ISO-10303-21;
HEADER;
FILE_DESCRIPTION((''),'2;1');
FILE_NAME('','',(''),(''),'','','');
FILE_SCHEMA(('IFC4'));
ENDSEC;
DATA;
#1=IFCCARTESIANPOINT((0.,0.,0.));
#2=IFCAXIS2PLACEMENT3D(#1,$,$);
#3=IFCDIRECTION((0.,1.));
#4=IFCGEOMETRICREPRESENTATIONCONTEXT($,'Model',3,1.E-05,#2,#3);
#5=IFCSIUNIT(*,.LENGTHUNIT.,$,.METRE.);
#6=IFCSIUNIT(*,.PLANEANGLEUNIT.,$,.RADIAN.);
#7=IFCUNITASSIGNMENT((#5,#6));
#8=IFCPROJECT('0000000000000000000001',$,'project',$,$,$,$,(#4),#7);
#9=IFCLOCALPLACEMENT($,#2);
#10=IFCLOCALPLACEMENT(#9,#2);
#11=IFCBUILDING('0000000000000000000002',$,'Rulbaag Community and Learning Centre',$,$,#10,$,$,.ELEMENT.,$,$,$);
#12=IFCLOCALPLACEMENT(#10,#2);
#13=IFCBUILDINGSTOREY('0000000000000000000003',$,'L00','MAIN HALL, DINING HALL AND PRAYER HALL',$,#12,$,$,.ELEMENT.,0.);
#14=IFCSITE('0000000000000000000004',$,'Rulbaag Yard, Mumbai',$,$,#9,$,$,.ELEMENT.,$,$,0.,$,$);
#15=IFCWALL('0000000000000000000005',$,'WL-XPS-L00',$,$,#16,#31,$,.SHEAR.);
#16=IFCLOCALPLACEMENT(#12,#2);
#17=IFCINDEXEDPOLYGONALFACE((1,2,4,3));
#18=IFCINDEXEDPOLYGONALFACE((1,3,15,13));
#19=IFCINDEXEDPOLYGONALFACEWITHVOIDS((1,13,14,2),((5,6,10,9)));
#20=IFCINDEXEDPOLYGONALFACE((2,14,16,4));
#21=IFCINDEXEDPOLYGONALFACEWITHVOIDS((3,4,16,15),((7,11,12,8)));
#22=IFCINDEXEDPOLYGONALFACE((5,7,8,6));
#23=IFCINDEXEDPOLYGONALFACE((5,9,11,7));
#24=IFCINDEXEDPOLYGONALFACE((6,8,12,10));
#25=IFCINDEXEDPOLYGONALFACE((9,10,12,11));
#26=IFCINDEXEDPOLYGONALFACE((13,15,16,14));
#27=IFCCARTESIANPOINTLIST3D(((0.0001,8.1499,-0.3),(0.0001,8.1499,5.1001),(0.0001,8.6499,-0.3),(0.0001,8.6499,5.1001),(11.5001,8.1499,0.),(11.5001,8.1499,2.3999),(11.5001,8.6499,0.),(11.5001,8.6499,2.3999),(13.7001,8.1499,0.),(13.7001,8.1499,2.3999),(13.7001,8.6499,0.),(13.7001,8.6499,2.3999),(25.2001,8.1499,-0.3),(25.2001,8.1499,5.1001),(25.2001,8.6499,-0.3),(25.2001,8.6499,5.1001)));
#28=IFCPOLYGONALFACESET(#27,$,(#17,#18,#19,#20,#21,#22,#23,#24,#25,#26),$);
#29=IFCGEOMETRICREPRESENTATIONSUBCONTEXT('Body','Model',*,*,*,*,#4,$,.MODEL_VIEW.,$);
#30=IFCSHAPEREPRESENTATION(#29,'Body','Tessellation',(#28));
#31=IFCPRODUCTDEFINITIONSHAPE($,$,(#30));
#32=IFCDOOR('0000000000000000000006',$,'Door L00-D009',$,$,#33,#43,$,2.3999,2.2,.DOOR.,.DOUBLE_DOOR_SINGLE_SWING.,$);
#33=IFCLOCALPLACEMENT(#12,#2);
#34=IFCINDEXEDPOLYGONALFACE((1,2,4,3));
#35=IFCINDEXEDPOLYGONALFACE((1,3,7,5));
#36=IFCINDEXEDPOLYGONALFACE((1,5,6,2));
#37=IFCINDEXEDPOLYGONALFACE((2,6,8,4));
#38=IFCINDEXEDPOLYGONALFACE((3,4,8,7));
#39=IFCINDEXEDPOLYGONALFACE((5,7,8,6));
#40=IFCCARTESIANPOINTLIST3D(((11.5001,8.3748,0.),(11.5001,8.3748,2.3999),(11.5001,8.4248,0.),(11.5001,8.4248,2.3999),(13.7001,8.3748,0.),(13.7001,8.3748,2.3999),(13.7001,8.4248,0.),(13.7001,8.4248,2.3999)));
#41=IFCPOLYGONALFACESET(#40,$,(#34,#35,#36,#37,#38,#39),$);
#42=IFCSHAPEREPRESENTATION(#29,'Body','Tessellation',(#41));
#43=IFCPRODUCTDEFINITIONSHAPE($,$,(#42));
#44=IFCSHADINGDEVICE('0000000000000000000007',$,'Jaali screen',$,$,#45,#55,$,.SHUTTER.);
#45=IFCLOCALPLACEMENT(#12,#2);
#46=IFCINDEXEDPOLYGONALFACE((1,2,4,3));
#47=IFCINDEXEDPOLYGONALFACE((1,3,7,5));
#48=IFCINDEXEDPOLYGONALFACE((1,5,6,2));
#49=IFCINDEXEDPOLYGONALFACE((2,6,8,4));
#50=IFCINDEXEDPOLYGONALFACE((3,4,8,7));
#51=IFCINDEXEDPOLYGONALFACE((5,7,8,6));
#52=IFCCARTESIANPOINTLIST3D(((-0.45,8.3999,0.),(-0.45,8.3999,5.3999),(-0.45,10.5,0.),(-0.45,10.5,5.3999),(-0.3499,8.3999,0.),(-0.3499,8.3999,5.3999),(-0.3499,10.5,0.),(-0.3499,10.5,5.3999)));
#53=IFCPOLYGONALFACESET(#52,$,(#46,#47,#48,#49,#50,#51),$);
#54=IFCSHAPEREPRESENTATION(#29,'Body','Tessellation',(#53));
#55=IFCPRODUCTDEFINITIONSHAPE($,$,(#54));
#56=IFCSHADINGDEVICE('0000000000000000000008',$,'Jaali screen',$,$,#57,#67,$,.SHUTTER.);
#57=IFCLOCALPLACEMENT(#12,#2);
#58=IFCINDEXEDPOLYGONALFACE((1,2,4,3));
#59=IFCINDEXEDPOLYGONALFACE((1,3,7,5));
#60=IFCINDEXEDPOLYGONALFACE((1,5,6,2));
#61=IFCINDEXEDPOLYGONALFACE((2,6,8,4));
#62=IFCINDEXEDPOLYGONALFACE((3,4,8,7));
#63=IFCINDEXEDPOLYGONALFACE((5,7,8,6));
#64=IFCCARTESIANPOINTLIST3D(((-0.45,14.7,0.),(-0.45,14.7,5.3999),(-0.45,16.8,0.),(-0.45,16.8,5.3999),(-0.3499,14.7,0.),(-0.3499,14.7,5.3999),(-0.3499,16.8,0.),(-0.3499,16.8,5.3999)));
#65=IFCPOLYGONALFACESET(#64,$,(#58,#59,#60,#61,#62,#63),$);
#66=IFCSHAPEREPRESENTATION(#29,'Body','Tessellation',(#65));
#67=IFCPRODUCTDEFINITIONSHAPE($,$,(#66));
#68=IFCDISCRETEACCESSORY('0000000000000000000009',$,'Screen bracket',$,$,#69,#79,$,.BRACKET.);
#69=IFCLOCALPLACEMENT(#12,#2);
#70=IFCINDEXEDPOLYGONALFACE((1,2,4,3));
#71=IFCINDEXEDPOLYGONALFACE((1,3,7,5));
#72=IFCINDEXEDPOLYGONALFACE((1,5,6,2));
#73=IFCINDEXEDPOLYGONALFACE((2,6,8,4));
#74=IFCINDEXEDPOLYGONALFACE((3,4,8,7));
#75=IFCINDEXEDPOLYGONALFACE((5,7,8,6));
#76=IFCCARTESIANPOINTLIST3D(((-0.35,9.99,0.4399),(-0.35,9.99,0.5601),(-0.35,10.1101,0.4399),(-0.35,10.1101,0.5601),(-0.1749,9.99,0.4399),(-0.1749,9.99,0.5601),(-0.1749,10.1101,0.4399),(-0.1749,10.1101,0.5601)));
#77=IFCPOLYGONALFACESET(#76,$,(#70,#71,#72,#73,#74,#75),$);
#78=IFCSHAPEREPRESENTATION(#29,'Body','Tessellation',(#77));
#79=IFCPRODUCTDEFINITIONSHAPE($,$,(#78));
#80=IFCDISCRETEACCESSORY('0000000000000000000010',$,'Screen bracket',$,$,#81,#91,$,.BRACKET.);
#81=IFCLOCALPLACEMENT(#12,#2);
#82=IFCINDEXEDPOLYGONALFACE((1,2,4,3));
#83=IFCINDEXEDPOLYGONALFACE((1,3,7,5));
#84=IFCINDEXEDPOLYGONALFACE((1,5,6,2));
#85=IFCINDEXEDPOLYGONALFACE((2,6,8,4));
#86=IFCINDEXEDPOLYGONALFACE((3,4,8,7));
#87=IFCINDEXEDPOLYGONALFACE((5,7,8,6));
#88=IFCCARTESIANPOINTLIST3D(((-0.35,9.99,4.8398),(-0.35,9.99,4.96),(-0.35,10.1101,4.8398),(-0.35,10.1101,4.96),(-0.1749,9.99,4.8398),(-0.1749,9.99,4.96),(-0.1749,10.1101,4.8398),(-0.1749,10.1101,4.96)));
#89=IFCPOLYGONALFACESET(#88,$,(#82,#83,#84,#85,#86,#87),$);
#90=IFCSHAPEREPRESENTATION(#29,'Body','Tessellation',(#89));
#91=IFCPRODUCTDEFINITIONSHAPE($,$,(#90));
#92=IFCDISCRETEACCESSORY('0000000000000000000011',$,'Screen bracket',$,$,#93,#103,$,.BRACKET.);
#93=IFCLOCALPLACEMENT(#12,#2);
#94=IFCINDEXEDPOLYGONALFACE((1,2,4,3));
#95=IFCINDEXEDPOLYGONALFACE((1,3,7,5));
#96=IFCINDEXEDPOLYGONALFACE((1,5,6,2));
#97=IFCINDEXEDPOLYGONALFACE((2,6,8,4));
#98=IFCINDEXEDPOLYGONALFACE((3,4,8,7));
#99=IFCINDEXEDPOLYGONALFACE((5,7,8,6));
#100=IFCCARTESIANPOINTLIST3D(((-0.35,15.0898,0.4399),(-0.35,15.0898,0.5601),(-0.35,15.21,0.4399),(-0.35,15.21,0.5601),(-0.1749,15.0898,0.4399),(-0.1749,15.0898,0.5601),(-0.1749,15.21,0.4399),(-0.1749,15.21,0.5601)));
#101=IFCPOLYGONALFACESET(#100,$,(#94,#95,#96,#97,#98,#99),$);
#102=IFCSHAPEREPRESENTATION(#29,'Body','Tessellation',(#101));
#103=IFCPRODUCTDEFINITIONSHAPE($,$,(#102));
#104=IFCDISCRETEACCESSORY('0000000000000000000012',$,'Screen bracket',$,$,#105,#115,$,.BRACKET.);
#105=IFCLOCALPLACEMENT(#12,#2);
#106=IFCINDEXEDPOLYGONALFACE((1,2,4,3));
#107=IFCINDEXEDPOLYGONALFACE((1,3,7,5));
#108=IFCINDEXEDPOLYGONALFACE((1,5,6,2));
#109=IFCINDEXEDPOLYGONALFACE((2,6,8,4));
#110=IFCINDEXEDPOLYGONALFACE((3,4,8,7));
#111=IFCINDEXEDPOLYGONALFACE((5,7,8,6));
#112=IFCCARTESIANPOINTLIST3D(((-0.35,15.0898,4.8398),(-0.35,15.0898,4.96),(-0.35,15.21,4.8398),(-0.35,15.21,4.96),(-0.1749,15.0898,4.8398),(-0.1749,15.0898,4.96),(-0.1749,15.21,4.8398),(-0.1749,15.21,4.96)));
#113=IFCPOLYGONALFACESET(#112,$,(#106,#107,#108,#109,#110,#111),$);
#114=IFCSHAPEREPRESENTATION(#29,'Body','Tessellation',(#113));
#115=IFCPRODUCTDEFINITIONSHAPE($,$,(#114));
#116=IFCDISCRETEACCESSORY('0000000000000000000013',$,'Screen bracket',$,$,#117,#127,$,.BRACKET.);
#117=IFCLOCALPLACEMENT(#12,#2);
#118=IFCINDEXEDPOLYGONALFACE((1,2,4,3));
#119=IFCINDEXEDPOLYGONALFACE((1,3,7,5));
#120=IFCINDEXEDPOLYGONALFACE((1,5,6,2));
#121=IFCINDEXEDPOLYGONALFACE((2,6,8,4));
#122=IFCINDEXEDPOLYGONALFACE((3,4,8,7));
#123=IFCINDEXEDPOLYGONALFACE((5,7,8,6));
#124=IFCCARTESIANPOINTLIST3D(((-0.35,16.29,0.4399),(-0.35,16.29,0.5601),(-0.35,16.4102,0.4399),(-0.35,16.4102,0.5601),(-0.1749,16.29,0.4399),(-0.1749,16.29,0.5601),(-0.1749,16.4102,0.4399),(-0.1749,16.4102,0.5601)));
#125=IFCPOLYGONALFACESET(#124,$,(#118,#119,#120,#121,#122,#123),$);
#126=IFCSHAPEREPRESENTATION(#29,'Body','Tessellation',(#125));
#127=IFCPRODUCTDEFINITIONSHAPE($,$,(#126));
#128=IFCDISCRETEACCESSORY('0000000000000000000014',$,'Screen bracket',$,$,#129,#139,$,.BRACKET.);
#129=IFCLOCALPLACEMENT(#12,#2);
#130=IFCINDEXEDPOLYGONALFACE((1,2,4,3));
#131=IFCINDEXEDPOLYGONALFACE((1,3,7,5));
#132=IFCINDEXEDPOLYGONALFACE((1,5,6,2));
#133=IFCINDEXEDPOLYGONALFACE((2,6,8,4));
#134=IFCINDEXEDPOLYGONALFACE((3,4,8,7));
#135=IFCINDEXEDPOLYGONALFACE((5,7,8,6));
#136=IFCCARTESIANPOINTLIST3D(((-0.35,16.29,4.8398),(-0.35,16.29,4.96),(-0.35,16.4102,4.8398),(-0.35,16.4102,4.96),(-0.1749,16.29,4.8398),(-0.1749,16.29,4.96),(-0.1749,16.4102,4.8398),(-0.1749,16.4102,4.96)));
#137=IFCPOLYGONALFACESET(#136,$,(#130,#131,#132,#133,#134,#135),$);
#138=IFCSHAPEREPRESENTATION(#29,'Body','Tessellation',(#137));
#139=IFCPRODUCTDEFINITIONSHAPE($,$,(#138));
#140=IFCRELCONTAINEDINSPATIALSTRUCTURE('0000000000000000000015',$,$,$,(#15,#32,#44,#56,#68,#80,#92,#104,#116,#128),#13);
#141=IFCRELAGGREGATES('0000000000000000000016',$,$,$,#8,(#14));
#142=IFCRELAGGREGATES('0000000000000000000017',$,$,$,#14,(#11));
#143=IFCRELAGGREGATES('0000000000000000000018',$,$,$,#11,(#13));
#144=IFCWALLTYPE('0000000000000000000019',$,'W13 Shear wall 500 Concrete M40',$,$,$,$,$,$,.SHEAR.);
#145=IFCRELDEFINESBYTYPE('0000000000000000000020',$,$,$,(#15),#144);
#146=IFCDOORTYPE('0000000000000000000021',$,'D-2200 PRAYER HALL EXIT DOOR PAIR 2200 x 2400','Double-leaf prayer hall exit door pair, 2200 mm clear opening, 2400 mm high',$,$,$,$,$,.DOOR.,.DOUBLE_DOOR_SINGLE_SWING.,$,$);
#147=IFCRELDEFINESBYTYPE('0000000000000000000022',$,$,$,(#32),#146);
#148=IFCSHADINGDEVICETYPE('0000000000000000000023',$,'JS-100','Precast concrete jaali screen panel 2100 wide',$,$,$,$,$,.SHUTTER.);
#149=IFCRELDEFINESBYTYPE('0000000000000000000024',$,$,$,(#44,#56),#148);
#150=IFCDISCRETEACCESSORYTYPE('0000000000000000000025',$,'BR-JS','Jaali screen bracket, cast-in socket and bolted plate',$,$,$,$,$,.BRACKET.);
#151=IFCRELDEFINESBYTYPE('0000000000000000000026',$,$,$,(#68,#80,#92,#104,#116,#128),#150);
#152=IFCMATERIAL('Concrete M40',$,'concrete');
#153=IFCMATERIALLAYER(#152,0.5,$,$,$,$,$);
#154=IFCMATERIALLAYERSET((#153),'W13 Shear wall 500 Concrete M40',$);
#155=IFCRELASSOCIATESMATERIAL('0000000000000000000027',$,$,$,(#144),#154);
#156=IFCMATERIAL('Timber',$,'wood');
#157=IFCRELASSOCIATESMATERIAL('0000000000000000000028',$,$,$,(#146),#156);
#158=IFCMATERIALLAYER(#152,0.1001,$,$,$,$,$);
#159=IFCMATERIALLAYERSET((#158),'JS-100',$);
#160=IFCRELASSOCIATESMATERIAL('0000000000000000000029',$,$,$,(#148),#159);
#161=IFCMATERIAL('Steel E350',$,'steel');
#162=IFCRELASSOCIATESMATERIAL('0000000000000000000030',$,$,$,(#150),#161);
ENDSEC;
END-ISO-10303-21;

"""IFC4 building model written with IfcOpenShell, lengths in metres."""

from ifc_helpers import new_model, si_unit, direction, frame, frame_2d, origin, origin_2d, place, context, subcontext, project, spatial, rectangle, extrude, material, layer, layer_set, type_object, element, fill, save


model = new_model("IFC4")

# Units and contexts
model_context = context("Model", 3, precision=1e-05, world=origin(), true_north=direction((0.0, 1.0)))
body_context = subcontext(model_context, "Body", "Model", "MODEL_VIEW")
ifc_project = project(units=[si_unit("LENGTHUNIT", "METRE"), si_unit("PLANEANGLEUNIT", "RADIAN")], contexts=[model_context])

# Site, building, storey
site_placement = place(None, origin())
site = spatial("IfcSite", under=ifc_project, at=site_placement, Name="Rulbaag Yard, Mumbai", CompositionType="ELEMENT", RefElevation=0.0)
building_placement = place(site_placement, origin())
building = spatial("IfcBuilding", under=site, at=building_placement, Name="Rulbaag Community and Learning Centre", CompositionType="ELEMENT")
storey_placement = place(building_placement, origin())
storey = spatial("IfcBuildingStorey", under=building, at=storey_placement, Name="L00", Description="MAIN HALL, DINING HALL AND PRAYER HALL", CompositionType="ELEMENT", Elevation=0.0)

# Shared definitions
ifc_material_1 = material(Name="Concrete M40", Category="concrete")

# Wall, opening, door
ifc_material_2 = material(Name="Timber", Category="wood")
ifc_layer_1 = layer(ifc_material_1, 0.5)
ifc_layer_set_1 = layer_set([ifc_layer_1], Name="W13 Shear wall 500 Concrete M40")
wall_type_1 = type_object("IfcWallType", Name="W13 Shear wall 500 Concrete M40", PredefinedType="SHEAR", material=ifc_layer_set_1)
wall_1_placement = place(storey_placement, frame((0.0, 8.3999, -0.3), z_axis=(0.0, 0.0, 1.0), x_axis=(1.0, 0.0, 0.0)))
wall_1 = element("IfcWall", 1, at=wall_1_placement, inside=storey, type_object=wall_type_1, Name="WL-XPS-L00", PredefinedType="SHEAR", context=body_context, shape_type="SweptSolid", body=[
    extrude(rectangle(XDim=25.2, YDim=0.5, at=frame_2d((12.6001, 0.0))), origin(), (0.0, 0.0, 1.0), 5.4001),
])
opening_1_placement = place(wall_1_placement, frame((11.5, 0.0, 0.3)))
opening_1 = element("IfcOpeningElement", 2, at=opening_1_placement, cuts=wall_1, PredefinedType="OPENING", context=body_context, shape_type="SweptSolid", body=[
    extrude(rectangle(XDim=2.2, YDim=2.3999, at=frame_2d((1.1001, 1.2))), frame((0.0, 0.26, 0.0), z_axis=(0.0, -1.0, 0.0), x_axis=(1.0, 0.0, 0.0)), (0.0, 0.0, 1.0), 0.52),
])
door_type_1 = type_object("IfcDoorType", Name="D-2200 PRAYER HALL EXIT DOOR PAIR 2200 x 2400", Description="Double-leaf prayer hall exit door pair, 2200 mm clear opening, 2400 mm high", OperationType="DOUBLE_DOOR_SINGLE_SWING", PredefinedType="DOOR", material=ifc_material_2)
door_1_placement = place(opening_1_placement, origin())
door_1 = element("IfcDoor", 3, at=door_1_placement, inside=storey, type_object=door_type_1, Name="Door L00-D009", OperationType="DOUBLE_DOOR_SINGLE_SWING", OverallHeight=2.3999, OverallWidth=2.2, PredefinedType="DOOR", context=body_context, shape_type="SweptSolid", body=[
    extrude(rectangle(XDim=2.2, YDim=2.3999, at=frame_2d((1.1001, 1.2))), frame((0.0, 0.0249, 0.0), z_axis=(0.0, -1.0, 0.0), x_axis=(1.0, 0.0, 0.0)), (0.0, 0.0, 1.0), 0.05),
])
fill(opening_1, door_1)

# Shading devices
ifc_layer_2 = layer(ifc_material_1, 0.1001)
ifc_layer_set_2 = layer_set([ifc_layer_2], Name="JS-100")
shading_device_type = type_object("IfcShadingDeviceType", Name="JS-100", Description="Precast concrete jaali screen panel 2100 wide", PredefinedType="SHUTTER", material=ifc_layer_set_2)
for number, where, z_axis, x_axis, name in (
    (4, (-0.3999, 9.45, 0.0), (0.0, 0.0, 1.0), (1.0, 0.0, 0.0), "Jaali screen"),
    (5, (-0.3999, 15.75, 0.0), (0.0, 0.0, 1.0), (1.0, 0.0, 0.0), "Jaali screen"),
):
    element("IfcShadingDevice", number, at=place(storey_placement, frame(where, z_axis=z_axis, x_axis=x_axis)), inside=storey, type_object=shading_device_type, Name=name, PredefinedType="SHUTTER", context=body_context, shape_type="SweptSolid", body=[
        extrude(rectangle(XDim=0.1001, YDim=2.1001, at=origin_2d()), origin(), (0.0, 0.0, 1.0), 5.3999),
    ])

# Discrete accessories
ifc_material_3 = material(Name="Steel E350", Category="steel")
discrete_accessory_type = type_object("IfcDiscreteAccessoryType", Name="BR-JS", Description="Jaali screen bracket, cast-in socket and bolted plate", PredefinedType="BRACKET", material=ifc_material_3)
for number, where, z_axis, x_axis, name in (
    (6, (-0.2625, 10.05, 0.4399), (0.0, 0.0, 1.0), (1.0, 0.0, 0.0), "Screen bracket"),
    (7, (-0.2625, 10.05, 4.8398), (0.0, 0.0, 1.0), (1.0, 0.0, 0.0), "Screen bracket"),
    (8, (-0.2625, 15.1499, 0.4399), (0.0, 0.0, 1.0), (1.0, 0.0, 0.0), "Screen bracket"),
    (9, (-0.2625, 15.1499, 4.8398), (0.0, 0.0, 1.0), (1.0, 0.0, 0.0), "Screen bracket"),
    (10, (-0.2625, 16.3501, 0.4399), (0.0, 0.0, 1.0), (1.0, 0.0, 0.0), "Screen bracket"),
    (11, (-0.2625, 16.3501, 4.8398), (0.0, 0.0, 1.0), (1.0, 0.0, 0.0), "Screen bracket"),
):
    element("IfcDiscreteAccessory", number, at=place(storey_placement, frame(where, z_axis=z_axis, x_axis=x_axis)), inside=storey, type_object=discrete_accessory_type, Name=name, PredefinedType="BRACKET", context=body_context, shape_type="SweptSolid", body=[
        extrude(rectangle(XDim=0.175, YDim=0.1201, at=origin_2d()), origin(), (0.0, 0.0, 1.0), 0.1201),
    ])

save(model, "model.ifc")
